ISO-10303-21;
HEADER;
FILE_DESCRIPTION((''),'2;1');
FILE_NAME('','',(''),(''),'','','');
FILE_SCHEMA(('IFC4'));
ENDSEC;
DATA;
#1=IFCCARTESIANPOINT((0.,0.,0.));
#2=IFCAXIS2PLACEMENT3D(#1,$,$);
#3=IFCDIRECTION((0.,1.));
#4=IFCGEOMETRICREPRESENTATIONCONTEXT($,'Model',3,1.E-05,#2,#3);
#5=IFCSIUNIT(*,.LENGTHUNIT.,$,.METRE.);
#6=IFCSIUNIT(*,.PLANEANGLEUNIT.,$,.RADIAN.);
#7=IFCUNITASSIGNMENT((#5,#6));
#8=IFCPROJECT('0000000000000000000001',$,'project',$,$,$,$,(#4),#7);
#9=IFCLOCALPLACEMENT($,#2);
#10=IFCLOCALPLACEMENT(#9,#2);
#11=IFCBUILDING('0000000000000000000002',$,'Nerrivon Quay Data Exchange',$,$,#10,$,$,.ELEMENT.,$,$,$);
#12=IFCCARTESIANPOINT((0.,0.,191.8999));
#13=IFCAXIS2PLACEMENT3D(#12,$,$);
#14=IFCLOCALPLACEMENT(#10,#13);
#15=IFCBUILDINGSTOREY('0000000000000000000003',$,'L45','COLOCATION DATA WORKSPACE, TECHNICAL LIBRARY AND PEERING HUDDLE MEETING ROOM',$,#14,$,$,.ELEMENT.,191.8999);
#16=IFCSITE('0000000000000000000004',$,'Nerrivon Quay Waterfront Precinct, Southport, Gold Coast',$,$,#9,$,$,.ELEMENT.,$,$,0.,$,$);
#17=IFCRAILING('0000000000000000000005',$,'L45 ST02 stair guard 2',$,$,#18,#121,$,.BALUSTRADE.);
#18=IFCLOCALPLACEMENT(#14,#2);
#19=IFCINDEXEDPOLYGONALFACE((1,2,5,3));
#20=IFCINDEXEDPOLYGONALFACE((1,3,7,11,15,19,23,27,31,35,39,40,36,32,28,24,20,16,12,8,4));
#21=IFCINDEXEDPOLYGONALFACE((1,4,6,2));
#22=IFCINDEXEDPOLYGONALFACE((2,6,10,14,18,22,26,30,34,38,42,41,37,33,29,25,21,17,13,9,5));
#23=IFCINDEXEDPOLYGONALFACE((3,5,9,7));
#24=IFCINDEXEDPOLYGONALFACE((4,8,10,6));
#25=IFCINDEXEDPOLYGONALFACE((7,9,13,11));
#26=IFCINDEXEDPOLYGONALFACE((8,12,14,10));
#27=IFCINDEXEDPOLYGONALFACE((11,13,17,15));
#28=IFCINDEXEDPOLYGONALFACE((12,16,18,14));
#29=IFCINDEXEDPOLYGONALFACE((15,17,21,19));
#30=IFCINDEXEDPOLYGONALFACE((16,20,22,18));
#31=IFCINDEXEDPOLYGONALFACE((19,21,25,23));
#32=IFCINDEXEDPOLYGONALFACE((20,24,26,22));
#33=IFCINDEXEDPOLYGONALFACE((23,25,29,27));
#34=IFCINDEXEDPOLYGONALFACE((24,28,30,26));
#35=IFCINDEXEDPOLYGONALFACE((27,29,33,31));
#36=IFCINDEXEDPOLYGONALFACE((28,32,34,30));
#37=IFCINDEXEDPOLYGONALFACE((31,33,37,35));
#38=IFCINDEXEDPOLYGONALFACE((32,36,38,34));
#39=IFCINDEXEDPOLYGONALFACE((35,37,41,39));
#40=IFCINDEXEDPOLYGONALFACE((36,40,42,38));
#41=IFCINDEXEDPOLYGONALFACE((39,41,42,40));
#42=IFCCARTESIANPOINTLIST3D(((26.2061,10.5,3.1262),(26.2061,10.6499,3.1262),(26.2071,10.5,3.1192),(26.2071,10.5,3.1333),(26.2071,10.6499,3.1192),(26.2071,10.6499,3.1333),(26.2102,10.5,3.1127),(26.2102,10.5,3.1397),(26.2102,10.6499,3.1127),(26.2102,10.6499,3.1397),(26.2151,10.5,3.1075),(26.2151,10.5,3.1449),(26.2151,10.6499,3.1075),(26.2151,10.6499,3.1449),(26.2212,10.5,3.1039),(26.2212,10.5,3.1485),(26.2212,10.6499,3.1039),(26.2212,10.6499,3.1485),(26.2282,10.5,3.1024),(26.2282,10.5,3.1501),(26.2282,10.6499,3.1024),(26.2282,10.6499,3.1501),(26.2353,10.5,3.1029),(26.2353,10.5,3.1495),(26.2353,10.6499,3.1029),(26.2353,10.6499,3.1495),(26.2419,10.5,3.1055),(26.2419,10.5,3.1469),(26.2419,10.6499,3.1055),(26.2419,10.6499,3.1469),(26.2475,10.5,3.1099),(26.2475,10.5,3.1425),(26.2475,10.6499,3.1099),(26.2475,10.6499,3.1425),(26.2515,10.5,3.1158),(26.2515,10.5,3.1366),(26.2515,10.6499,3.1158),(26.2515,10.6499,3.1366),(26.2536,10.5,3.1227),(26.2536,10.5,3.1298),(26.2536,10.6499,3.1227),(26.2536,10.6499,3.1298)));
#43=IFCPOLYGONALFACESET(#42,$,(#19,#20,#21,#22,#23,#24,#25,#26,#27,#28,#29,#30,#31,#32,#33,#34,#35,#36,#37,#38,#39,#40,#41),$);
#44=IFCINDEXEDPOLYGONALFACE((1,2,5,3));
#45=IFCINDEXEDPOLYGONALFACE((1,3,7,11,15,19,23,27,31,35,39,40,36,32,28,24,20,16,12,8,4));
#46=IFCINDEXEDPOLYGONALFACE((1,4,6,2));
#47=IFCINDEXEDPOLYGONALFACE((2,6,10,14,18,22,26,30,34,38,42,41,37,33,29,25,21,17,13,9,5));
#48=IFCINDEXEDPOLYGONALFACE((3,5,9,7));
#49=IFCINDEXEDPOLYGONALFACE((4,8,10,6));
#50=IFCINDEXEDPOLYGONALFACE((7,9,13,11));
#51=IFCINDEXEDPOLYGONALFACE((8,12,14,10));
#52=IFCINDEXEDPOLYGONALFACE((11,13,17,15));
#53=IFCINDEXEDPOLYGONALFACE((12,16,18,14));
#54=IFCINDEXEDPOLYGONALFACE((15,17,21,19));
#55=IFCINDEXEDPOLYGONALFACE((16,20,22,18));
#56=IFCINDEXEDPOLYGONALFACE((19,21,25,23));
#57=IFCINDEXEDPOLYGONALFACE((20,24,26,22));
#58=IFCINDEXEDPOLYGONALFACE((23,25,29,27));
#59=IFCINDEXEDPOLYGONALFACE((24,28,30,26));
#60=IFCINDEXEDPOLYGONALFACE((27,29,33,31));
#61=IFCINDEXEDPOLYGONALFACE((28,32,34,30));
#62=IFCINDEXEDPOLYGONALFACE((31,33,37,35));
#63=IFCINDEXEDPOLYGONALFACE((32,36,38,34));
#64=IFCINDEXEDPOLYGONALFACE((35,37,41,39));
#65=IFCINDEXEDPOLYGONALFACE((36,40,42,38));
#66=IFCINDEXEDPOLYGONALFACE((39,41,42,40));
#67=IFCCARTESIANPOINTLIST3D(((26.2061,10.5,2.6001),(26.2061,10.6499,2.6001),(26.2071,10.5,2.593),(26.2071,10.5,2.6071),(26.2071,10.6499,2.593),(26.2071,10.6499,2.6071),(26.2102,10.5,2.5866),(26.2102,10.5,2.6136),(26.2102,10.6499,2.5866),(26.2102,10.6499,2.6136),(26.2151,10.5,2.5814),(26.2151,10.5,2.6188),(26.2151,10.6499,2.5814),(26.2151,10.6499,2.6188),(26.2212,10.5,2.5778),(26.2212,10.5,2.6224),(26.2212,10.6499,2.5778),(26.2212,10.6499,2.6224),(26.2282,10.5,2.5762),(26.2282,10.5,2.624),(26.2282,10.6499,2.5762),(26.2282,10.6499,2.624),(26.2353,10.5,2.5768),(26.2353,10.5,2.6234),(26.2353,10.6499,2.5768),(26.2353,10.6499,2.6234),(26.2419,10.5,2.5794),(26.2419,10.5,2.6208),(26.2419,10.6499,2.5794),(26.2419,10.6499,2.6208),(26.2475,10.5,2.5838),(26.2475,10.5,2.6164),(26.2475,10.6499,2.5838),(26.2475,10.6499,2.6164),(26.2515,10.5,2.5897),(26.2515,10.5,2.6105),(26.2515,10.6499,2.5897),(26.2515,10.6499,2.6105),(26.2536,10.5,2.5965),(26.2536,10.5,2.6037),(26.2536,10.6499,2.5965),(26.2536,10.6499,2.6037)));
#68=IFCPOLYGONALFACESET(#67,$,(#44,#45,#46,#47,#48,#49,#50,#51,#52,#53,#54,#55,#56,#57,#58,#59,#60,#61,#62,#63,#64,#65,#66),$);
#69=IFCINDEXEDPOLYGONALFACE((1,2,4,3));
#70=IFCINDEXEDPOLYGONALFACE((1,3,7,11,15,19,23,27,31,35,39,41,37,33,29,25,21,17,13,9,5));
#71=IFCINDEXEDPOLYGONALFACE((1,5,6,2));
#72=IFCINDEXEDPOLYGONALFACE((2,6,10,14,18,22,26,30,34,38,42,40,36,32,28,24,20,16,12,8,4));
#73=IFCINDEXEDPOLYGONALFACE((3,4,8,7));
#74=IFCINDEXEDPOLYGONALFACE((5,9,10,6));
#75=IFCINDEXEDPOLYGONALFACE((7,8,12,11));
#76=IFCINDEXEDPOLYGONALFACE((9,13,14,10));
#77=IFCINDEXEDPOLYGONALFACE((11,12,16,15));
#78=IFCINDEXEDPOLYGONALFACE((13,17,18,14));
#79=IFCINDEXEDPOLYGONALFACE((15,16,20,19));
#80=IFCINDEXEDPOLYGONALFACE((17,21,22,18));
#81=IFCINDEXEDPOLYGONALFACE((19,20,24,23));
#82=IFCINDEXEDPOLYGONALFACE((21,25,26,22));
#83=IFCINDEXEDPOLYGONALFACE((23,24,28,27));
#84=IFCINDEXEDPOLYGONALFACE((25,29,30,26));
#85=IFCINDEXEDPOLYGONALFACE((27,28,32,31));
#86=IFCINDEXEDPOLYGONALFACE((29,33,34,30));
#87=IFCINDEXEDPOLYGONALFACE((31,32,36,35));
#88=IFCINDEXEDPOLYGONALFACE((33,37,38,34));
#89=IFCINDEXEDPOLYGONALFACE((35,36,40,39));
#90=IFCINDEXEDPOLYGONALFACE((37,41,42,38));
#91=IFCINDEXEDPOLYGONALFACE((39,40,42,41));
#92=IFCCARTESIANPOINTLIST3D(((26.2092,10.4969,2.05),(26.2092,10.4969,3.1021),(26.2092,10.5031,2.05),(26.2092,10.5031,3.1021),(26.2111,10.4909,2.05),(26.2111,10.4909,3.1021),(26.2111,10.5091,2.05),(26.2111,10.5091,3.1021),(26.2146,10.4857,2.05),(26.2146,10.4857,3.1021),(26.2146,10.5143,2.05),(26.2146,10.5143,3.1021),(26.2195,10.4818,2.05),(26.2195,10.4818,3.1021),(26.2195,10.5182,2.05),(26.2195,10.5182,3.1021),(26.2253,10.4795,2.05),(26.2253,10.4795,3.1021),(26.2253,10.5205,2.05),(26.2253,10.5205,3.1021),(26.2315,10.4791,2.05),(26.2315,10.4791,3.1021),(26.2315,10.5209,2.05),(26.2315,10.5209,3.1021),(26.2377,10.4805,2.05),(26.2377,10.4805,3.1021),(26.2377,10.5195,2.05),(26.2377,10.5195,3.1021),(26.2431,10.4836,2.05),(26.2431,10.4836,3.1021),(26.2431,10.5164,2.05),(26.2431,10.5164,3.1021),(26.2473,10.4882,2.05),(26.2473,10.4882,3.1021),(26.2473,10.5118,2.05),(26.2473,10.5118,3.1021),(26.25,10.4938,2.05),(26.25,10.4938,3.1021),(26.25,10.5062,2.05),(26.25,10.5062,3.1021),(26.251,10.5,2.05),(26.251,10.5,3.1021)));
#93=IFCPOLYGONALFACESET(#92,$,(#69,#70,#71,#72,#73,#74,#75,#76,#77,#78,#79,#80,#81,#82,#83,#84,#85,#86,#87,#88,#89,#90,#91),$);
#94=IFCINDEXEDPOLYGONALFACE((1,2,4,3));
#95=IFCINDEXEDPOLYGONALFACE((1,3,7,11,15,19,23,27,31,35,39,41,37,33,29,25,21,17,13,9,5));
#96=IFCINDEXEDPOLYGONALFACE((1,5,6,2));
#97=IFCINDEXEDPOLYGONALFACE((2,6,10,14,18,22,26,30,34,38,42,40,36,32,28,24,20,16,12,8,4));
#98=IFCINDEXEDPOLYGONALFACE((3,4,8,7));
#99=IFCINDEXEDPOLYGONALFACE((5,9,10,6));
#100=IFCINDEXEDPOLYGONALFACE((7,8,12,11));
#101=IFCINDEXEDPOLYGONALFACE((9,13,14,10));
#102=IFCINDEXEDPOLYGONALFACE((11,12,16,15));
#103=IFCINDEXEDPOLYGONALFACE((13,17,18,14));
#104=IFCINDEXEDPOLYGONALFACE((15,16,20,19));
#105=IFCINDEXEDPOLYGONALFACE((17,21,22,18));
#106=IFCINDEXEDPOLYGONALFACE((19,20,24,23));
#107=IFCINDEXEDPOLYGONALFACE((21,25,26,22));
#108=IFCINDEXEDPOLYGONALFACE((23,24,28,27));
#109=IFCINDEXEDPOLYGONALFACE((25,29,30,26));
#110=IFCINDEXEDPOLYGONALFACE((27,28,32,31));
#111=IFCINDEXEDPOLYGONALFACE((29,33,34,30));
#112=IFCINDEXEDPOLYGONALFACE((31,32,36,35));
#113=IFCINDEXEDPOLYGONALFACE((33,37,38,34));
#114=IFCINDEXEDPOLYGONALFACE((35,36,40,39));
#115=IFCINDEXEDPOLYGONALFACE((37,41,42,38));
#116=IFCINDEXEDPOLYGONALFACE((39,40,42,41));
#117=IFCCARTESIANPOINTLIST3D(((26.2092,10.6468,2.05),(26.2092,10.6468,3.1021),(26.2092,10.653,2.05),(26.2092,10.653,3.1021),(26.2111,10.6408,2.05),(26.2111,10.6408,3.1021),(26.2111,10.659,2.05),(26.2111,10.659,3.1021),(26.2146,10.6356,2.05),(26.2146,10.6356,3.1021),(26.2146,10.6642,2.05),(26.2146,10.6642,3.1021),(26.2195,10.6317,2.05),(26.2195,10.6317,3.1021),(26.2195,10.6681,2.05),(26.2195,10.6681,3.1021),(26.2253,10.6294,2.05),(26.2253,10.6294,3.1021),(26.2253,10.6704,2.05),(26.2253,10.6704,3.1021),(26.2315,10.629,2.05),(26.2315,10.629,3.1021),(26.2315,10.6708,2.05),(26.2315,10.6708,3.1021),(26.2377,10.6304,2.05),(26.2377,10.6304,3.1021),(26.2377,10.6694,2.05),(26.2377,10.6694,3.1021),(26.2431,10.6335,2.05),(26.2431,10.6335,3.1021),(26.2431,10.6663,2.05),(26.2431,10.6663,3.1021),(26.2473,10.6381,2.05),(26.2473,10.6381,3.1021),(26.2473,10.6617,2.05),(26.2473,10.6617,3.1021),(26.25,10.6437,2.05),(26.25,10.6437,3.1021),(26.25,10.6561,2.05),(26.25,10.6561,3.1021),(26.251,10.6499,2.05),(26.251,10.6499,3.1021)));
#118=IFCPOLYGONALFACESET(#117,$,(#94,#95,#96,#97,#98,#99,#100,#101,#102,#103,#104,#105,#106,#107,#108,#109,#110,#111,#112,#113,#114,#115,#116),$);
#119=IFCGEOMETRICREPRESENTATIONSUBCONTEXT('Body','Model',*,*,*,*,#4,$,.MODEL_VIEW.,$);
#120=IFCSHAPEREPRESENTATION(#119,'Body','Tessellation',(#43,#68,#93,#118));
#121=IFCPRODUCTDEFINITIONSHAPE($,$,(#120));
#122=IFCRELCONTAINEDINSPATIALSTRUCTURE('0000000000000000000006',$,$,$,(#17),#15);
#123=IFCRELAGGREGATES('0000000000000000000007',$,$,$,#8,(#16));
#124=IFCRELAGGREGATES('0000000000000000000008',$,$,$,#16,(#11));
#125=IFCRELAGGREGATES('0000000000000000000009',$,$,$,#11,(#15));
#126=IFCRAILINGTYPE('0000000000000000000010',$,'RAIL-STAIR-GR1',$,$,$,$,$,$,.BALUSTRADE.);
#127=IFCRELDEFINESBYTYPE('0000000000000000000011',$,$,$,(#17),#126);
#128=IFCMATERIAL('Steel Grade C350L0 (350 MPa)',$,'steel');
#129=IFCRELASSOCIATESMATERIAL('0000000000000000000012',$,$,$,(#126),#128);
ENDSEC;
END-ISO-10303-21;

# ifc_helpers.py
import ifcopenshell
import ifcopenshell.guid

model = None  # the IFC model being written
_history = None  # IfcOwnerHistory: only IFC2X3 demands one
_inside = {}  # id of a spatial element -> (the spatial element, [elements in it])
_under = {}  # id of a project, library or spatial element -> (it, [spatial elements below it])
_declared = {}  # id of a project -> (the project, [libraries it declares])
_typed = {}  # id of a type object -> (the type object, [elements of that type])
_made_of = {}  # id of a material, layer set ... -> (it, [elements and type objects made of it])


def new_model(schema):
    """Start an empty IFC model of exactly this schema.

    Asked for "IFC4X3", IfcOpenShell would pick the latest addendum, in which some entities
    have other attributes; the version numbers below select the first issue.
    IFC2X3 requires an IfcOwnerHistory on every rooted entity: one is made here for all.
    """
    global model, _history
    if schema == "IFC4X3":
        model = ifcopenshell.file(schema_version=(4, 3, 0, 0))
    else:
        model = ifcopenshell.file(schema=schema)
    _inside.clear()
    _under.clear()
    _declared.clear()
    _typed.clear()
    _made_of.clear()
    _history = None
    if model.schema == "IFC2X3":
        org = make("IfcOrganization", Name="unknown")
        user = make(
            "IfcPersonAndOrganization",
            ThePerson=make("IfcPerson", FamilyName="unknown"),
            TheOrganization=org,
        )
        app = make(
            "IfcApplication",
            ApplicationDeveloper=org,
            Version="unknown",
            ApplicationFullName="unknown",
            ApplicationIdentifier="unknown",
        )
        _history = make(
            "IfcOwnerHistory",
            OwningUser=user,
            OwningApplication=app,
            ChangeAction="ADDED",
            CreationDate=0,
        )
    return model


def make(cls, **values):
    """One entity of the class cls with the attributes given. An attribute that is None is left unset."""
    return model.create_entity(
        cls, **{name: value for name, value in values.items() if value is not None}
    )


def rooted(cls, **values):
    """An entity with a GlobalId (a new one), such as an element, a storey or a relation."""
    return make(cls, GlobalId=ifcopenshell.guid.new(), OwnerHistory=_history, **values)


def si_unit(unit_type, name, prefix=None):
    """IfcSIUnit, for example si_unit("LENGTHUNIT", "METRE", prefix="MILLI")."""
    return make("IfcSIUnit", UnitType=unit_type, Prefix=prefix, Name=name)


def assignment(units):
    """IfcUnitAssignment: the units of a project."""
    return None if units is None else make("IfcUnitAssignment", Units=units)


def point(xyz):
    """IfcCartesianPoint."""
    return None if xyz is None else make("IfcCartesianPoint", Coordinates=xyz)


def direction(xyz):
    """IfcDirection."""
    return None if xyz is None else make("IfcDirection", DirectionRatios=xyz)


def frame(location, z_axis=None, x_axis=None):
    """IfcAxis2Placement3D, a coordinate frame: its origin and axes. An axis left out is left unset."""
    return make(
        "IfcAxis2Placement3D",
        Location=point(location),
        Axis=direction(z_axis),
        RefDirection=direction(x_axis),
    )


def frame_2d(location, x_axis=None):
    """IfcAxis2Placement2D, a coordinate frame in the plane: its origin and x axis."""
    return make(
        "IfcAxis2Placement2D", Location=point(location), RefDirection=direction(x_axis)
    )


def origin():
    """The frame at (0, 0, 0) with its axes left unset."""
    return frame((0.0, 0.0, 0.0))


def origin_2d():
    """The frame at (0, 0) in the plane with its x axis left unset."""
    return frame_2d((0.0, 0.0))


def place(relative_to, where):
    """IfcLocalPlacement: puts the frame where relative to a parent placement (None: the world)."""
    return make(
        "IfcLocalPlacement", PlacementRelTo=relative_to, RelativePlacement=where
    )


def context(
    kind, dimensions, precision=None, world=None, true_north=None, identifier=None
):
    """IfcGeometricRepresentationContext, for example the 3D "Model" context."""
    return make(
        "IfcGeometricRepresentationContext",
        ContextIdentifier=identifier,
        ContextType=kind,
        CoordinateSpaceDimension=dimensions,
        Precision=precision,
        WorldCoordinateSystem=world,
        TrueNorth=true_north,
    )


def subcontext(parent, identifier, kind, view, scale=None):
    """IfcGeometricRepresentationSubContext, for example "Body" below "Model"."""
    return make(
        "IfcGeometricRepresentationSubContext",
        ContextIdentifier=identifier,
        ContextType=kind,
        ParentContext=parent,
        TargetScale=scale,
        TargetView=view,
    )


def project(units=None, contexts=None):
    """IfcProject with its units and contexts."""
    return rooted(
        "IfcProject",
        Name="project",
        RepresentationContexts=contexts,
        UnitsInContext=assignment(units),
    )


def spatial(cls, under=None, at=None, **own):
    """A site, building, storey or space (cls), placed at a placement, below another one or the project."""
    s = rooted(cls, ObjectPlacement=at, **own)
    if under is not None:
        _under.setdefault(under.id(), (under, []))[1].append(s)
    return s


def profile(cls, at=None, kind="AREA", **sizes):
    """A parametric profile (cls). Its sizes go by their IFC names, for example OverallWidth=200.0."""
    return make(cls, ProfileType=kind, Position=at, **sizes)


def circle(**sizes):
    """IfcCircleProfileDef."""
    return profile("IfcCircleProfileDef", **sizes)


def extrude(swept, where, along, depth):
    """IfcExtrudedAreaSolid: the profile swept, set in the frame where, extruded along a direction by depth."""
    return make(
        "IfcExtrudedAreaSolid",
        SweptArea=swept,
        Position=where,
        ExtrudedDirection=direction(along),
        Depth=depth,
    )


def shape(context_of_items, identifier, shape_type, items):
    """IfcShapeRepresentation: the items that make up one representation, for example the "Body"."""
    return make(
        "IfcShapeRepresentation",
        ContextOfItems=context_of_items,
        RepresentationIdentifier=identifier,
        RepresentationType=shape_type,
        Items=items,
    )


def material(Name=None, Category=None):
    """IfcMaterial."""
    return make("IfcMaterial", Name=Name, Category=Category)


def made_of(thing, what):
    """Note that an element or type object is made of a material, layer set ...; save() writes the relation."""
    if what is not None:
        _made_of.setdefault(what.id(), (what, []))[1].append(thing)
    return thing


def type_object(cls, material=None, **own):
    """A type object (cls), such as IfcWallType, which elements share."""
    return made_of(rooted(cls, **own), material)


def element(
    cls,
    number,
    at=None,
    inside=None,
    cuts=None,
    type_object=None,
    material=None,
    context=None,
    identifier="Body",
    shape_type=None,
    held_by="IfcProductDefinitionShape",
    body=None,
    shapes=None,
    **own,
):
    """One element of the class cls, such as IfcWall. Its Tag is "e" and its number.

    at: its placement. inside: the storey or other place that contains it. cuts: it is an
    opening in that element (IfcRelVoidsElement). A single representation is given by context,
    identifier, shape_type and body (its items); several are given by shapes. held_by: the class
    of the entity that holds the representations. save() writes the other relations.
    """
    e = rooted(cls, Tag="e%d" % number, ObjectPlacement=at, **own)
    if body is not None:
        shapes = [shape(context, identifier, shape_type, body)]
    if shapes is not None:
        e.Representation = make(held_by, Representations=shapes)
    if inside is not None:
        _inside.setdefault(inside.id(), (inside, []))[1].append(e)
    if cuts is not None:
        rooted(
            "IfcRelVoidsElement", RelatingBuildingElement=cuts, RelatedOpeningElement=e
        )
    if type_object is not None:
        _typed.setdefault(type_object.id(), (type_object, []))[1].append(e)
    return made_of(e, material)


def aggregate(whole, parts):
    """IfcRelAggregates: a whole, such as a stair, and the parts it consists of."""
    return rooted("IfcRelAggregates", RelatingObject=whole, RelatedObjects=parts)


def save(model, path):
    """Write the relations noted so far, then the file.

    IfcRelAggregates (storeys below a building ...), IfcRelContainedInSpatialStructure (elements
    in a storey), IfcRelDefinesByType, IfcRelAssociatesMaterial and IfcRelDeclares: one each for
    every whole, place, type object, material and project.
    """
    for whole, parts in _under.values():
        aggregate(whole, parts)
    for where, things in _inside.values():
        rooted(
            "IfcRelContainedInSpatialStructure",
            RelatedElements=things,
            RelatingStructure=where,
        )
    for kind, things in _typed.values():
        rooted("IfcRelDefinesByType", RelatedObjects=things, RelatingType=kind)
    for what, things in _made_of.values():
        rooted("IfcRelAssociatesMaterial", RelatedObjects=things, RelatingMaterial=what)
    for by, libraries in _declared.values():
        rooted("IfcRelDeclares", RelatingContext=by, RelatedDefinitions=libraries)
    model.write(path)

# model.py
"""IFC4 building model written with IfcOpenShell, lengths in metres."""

from ifc_helpers import new_model, si_unit, direction, frame, origin, origin_2d, place, context, subcontext, project, spatial, circle, extrude, material, type_object, element, save


model = new_model("IFC4")

# Units and contexts
model_context = context("Model", 3, precision=1e-05, world=origin(), true_north=direction((0.0, 1.0)))
body_context = subcontext(model_context, "Body", "Model", "MODEL_VIEW")
ifc_project = project(units=[si_unit("LENGTHUNIT", "METRE"), si_unit("PLANEANGLEUNIT", "RADIAN")], contexts=[model_context])

# Site, building, storey
site_placement = place(None, origin())
site = spatial("IfcSite", under=ifc_project, at=site_placement, Name="Nerrivon Quay Waterfront Precinct, Southport, Gold Coast", CompositionType="ELEMENT", RefElevation=0.0)
building_placement = place(site_placement, origin())
building = spatial("IfcBuilding", under=site, at=building_placement, Name="Nerrivon Quay Data Exchange", CompositionType="ELEMENT")
storey_placement = place(building_placement, frame((0.0, 0.0, 191.8999)))
storey = spatial("IfcBuildingStorey", under=building, at=storey_placement, Name="L45", Description="COLOCATION DATA WORKSPACE, TECHNICAL LIBRARY AND PEERING HUDDLE MEETING ROOM", CompositionType="ELEMENT", Elevation=191.8999)

# Shared definitions
ifc_material_1 = material(Name="Steel Grade C350L0 (350 MPa)", Category="steel")

# Railing
railing_type_1 = type_object("IfcRailingType", Name="RAIL-STAIR-GR1", PredefinedType="BALUSTRADE", material=ifc_material_1)
railing_1_placement = place(storey_placement, frame((26.23, 10.5, 2.05)))
element("IfcRailing", 1, at=railing_1_placement, inside=storey, type_object=railing_type_1, Name="L45 ST02 stair guard 2", PredefinedType="BALUSTRADE", context=body_context, shape_type="SweptSolid", body=[
    extrude(circle(Radius=0.0239, at=origin_2d()), frame((0.0, 0.0, 1.0762), z_axis=(0.0, 1.0, 0.0), x_axis=(-1.0, 0.0, 0.0)), (0.0, 0.0, 1.0), 0.1499),
    extrude(circle(Radius=0.0239, at=origin_2d()), frame((0.0, 0.0, 0.55), z_axis=(0.0, 1.0, 0.0), x_axis=(-1.0, 0.0, 0.0)), (0.0, 0.0, 1.0), 0.1499),
    extrude(circle(Radius=0.021, at=origin_2d()), origin(), (0.0, 0.0, 1.0), 1.052),
    extrude(circle(Radius=0.021, at=origin_2d()), frame((0.0, 0.1499, 0.0)), (0.0, 0.0, 1.0), 1.052),
])

save(model, "model.ifc")
